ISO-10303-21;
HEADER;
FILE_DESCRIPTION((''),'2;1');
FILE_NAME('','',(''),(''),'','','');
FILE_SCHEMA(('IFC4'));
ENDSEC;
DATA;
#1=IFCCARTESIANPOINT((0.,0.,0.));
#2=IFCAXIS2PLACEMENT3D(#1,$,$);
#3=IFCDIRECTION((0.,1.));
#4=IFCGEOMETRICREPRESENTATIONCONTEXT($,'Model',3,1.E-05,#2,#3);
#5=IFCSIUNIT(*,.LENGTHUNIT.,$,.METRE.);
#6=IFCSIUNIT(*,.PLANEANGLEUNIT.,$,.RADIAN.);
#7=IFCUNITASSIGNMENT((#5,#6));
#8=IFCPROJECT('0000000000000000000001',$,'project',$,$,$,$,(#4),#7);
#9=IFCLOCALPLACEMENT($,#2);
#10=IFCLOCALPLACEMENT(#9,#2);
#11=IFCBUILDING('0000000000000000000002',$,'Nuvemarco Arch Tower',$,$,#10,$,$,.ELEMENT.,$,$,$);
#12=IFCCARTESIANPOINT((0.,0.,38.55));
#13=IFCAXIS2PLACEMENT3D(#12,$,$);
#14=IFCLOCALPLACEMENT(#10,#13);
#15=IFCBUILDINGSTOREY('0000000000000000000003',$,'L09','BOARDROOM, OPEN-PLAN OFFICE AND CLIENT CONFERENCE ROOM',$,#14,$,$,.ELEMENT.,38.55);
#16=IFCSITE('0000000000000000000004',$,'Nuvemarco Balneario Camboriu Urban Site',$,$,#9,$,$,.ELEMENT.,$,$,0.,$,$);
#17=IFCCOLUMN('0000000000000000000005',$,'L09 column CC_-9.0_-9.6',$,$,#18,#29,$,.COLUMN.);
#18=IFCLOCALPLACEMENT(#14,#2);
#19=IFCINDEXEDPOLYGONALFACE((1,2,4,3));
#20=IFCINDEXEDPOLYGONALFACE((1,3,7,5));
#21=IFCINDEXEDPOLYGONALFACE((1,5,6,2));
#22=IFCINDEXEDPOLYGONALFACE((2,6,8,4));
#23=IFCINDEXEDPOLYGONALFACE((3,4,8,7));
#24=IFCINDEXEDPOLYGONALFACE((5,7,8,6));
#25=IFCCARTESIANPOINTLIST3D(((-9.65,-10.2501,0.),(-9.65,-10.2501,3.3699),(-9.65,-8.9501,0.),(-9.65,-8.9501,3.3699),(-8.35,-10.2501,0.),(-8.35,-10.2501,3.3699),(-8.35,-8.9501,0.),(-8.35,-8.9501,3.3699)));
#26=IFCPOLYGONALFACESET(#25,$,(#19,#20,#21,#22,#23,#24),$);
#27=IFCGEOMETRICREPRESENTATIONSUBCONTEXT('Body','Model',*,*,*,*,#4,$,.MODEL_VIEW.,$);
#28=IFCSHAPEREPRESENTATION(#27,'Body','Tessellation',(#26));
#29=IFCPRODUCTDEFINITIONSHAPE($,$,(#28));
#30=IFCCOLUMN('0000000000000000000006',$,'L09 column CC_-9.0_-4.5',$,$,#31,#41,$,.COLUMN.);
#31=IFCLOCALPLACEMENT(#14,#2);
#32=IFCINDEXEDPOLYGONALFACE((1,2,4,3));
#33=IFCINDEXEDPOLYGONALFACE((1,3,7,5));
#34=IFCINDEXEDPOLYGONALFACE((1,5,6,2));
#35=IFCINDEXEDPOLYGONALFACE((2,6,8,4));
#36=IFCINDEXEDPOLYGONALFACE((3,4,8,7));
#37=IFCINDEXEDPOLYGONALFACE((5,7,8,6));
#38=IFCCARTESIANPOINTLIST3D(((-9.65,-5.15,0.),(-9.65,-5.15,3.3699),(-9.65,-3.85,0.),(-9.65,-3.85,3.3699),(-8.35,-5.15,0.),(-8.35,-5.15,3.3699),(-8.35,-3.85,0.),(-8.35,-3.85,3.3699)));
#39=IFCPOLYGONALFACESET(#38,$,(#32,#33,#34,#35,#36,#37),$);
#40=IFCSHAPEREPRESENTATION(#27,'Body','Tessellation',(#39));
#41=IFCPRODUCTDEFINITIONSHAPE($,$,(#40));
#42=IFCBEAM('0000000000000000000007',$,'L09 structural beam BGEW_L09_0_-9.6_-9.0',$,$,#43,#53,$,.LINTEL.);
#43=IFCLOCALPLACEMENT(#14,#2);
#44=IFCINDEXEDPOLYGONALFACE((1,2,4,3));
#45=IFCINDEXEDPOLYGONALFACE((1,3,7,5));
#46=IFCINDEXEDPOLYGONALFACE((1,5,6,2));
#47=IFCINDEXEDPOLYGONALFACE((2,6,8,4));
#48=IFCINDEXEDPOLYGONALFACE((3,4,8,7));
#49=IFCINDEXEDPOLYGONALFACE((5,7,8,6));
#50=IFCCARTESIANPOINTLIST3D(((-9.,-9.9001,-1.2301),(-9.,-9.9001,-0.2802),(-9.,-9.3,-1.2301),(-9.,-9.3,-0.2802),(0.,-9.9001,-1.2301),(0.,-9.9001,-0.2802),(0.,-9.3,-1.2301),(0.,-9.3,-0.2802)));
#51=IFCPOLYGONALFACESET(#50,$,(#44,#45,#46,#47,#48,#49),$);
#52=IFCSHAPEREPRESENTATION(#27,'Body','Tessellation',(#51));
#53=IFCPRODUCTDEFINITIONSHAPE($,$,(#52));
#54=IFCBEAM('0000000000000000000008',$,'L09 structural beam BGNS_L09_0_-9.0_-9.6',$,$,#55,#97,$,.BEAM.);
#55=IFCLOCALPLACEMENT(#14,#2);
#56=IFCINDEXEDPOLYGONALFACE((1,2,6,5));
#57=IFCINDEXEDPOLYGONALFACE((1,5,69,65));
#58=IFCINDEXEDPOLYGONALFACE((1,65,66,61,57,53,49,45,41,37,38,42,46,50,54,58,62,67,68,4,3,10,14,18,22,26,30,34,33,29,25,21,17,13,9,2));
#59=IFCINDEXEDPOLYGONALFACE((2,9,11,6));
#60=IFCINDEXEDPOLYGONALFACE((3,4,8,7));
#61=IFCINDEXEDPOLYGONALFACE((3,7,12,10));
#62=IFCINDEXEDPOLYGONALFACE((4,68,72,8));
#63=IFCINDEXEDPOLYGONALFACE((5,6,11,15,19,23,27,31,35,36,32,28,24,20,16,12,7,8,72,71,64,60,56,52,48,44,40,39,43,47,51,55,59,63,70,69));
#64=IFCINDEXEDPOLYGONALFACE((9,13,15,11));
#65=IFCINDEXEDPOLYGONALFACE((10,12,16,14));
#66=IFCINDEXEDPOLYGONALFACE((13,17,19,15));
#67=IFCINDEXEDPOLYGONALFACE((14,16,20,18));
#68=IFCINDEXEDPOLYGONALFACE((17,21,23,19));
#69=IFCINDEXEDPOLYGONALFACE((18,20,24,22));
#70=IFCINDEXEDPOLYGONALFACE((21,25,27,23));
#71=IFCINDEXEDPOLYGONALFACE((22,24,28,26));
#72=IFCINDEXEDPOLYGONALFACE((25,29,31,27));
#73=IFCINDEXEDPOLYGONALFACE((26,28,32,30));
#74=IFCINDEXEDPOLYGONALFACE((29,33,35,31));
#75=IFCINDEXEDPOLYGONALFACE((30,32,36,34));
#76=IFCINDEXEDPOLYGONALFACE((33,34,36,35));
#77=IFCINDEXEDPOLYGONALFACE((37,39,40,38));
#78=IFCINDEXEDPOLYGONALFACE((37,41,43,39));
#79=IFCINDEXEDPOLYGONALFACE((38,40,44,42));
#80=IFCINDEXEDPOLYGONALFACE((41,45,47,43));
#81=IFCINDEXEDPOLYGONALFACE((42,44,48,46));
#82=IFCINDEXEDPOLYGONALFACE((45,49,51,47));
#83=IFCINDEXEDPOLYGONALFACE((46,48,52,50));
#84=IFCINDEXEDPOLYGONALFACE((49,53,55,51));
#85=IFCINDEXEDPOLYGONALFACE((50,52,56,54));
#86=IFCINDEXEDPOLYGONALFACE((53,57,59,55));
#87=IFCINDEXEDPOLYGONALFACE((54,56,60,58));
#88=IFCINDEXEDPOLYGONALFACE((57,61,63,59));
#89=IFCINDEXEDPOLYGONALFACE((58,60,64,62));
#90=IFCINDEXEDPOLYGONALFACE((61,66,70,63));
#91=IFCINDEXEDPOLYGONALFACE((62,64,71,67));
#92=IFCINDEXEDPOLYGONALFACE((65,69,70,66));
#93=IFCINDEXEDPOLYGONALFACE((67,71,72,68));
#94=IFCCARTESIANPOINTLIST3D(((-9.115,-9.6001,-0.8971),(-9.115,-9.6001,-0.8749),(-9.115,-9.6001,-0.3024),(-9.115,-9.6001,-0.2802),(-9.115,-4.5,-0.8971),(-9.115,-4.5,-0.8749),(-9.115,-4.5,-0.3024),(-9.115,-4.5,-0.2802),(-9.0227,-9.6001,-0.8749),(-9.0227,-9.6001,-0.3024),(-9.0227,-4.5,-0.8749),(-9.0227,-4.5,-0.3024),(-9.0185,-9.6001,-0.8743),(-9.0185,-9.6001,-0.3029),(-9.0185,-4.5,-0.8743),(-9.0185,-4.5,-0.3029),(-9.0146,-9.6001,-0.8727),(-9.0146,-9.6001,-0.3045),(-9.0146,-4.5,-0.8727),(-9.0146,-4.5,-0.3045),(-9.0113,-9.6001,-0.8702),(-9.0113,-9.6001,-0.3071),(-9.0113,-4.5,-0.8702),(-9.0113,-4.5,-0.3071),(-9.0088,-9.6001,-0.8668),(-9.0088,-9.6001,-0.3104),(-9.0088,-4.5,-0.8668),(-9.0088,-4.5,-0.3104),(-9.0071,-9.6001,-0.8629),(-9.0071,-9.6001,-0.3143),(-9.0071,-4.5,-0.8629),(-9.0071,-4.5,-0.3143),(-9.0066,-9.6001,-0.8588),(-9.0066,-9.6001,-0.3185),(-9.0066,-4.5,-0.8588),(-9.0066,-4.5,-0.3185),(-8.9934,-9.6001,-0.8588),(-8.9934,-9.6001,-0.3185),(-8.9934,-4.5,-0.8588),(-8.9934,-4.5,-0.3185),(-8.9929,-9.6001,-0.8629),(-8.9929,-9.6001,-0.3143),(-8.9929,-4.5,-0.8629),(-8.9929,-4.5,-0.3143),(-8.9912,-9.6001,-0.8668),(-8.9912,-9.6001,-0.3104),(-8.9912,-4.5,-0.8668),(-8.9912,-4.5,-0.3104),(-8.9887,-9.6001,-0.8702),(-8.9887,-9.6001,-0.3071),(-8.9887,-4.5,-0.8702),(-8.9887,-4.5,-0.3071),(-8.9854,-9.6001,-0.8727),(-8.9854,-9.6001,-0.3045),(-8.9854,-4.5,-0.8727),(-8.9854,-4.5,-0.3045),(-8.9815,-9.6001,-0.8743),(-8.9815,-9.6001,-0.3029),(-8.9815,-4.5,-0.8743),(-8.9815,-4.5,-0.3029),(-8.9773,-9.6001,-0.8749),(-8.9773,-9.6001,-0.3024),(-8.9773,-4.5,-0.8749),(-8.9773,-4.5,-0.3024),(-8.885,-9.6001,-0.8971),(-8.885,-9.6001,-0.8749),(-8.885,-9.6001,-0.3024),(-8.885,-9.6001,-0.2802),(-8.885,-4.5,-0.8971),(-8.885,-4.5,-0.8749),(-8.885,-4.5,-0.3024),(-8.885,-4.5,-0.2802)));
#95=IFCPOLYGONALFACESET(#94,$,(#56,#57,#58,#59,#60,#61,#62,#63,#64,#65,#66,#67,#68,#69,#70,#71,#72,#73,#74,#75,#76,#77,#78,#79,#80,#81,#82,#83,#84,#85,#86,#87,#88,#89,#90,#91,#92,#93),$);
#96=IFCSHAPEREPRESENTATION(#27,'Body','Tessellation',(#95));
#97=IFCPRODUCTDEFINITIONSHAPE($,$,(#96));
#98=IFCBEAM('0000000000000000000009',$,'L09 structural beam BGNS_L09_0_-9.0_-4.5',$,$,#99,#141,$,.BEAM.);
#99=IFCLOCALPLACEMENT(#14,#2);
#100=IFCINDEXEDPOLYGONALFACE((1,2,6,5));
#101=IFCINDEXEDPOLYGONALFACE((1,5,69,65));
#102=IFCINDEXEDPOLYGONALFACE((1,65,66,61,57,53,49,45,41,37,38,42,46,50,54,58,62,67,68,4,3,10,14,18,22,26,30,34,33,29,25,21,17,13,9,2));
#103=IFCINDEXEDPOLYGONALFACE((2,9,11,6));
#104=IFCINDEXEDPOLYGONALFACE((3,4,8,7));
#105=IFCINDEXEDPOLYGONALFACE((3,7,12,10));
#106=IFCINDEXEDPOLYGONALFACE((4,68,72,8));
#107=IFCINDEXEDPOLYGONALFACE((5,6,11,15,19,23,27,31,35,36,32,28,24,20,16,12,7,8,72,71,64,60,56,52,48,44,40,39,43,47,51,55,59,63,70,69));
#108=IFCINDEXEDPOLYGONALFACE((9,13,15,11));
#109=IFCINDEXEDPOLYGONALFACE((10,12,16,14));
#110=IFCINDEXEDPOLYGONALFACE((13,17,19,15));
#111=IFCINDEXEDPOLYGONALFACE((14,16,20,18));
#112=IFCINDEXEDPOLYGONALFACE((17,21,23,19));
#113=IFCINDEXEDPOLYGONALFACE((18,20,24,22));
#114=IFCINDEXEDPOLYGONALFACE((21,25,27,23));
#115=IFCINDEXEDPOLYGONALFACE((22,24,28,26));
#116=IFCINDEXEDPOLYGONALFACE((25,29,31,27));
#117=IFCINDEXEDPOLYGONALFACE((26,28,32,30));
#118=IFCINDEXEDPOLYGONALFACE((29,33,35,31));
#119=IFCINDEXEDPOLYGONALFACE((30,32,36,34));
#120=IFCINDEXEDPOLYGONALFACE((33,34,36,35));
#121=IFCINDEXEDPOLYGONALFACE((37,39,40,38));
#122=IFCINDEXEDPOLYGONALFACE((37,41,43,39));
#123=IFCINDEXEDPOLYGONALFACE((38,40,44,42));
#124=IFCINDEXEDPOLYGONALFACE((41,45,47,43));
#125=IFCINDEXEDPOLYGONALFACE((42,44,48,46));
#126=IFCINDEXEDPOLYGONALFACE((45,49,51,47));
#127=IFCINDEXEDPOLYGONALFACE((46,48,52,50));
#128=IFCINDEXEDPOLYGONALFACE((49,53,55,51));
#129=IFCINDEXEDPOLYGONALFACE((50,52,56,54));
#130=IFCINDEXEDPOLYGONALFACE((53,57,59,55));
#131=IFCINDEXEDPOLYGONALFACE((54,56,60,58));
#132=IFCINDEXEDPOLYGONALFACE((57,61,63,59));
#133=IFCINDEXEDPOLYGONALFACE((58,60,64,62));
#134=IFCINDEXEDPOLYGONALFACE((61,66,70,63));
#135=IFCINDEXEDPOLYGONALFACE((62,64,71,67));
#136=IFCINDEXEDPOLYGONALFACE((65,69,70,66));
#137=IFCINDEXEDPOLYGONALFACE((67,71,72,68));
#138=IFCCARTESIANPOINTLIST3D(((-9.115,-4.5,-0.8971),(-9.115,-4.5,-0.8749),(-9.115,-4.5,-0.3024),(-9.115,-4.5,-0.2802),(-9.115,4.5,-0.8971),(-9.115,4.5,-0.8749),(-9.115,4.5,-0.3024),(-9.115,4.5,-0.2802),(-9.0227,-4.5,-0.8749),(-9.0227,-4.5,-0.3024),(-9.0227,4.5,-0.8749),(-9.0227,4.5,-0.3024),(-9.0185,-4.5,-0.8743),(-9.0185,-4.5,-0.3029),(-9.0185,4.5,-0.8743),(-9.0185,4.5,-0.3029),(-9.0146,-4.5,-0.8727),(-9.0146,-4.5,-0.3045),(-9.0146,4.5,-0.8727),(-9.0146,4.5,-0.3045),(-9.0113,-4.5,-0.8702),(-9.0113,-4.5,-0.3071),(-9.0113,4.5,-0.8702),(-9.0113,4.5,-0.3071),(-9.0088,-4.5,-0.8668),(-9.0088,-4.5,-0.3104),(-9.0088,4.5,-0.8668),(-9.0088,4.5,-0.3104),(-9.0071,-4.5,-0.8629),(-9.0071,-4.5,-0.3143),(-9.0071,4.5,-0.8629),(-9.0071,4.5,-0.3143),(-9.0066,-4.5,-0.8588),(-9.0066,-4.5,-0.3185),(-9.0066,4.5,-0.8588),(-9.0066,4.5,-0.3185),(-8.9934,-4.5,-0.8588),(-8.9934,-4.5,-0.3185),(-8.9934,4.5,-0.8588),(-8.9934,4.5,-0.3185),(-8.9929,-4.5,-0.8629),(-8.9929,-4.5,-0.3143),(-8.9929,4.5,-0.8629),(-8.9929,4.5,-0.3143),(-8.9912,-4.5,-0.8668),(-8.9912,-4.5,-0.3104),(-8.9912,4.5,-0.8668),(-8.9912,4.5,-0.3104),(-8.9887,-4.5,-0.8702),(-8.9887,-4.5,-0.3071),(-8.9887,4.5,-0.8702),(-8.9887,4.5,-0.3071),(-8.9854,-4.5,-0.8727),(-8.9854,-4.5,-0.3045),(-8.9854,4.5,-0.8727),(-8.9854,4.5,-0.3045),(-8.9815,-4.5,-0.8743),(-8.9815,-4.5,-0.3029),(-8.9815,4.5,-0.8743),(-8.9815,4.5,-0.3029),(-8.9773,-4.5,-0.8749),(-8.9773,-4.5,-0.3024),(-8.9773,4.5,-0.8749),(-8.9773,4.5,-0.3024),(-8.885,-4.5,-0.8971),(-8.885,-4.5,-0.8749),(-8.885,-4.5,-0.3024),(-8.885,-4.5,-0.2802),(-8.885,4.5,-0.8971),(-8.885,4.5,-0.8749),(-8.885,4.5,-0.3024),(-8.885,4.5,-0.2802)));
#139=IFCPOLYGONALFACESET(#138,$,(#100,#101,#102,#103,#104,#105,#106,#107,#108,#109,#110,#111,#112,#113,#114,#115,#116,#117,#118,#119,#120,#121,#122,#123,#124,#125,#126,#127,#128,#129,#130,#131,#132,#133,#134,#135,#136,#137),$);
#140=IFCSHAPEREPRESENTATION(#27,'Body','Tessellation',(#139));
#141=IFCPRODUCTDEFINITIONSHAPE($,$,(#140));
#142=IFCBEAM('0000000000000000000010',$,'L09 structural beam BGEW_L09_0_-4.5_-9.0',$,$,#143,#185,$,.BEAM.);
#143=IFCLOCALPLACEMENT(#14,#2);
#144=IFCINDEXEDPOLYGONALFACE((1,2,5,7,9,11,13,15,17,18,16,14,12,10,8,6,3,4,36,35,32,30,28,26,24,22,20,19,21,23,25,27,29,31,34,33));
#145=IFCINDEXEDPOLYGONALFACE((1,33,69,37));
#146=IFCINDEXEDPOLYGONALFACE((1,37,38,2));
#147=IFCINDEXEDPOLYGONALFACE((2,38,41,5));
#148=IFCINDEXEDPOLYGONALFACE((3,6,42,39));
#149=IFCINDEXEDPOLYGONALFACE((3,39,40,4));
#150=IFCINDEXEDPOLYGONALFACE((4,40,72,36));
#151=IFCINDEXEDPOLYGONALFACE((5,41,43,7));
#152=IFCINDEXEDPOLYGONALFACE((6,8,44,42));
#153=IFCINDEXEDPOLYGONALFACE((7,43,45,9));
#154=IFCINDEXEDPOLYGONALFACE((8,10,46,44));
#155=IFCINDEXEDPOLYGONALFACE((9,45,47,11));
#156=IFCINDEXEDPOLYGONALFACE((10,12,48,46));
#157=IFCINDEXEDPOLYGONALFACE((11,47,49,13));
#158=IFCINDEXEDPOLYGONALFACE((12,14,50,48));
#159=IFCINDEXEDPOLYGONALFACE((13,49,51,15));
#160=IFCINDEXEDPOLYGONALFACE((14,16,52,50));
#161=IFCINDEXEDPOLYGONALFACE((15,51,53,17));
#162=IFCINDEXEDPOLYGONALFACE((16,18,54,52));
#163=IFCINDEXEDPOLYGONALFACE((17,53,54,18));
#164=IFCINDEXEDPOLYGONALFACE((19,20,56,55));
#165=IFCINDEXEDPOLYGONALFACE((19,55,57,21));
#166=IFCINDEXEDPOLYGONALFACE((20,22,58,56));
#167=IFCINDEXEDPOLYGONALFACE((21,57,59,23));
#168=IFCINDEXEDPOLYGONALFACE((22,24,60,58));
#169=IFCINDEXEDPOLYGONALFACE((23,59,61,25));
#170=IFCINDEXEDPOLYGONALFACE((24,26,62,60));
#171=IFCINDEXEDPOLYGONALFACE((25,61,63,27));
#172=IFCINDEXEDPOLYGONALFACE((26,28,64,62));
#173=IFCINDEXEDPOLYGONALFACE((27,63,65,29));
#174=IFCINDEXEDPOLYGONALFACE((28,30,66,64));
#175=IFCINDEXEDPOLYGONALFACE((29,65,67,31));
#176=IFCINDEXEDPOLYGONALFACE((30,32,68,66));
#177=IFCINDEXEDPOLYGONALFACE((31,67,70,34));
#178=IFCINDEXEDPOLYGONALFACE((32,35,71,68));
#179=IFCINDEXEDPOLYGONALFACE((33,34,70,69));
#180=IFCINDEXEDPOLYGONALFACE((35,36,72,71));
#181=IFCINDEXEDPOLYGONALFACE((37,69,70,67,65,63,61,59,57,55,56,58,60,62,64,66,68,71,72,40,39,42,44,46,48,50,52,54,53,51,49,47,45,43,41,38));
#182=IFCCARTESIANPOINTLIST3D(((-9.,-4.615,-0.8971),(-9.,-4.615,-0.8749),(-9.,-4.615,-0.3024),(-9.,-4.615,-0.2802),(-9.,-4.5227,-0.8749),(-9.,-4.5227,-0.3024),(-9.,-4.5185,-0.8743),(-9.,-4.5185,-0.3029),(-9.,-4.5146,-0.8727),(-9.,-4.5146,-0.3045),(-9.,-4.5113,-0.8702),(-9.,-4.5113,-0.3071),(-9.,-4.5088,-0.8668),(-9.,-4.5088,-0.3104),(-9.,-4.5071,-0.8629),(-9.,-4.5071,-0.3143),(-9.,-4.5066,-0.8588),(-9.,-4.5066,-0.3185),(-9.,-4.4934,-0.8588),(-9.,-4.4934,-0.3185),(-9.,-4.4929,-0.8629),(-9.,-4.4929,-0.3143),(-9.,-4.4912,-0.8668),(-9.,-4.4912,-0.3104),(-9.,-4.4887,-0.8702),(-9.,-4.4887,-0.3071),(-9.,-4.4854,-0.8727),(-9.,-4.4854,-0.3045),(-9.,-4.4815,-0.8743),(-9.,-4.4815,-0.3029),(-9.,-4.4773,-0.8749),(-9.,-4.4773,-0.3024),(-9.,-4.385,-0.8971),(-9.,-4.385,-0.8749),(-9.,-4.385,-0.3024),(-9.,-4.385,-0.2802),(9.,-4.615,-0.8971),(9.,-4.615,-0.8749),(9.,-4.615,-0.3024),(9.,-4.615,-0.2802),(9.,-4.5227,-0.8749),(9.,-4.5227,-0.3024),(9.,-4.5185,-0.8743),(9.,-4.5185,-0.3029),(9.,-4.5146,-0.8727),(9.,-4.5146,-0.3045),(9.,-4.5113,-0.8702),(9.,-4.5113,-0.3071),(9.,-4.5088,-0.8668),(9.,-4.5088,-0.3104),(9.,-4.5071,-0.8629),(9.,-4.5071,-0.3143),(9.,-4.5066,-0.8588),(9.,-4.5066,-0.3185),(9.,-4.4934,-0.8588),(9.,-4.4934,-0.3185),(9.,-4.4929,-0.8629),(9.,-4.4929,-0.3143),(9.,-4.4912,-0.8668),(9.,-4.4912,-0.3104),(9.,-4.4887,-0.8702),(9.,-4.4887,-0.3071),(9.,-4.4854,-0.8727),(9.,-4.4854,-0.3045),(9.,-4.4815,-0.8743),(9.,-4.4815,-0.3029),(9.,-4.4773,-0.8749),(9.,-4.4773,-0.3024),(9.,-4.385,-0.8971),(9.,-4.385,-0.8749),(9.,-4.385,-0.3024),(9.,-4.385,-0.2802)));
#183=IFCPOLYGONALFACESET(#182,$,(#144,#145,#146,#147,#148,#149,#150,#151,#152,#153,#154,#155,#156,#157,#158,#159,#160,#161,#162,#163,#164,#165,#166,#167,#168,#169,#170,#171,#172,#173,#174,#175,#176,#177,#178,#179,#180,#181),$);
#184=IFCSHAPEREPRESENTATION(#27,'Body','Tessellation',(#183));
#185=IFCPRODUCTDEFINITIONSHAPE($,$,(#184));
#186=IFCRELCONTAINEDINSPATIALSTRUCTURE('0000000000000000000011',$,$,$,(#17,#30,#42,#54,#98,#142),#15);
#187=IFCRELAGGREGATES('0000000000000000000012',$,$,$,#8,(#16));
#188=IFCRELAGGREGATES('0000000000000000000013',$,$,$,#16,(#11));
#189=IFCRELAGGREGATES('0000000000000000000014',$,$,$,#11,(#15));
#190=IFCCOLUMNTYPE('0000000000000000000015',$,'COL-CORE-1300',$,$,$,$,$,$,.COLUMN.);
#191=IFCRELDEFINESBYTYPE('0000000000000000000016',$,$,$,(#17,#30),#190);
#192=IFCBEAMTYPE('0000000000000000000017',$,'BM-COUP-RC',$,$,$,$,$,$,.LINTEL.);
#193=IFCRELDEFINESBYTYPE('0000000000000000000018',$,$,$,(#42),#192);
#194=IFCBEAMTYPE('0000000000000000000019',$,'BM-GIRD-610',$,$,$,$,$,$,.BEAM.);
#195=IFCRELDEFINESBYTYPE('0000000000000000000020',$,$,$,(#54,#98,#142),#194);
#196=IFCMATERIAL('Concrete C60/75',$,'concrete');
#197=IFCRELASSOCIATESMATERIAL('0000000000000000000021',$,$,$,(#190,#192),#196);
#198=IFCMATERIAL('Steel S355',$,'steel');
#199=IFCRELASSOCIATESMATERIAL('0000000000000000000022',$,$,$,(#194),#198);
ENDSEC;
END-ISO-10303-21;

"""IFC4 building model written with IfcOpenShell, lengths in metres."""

from ifc_helpers import new_model, si_unit, direction, frame, origin, origin_2d, place, context, subcontext, project, spatial, rectangle, i_section, extrude, material, material_profile, profile_set, type_object, element, save


model = new_model("IFC4")

# Units and contexts
model_context = context("Model", 3, precision=1e-05, world=origin(), true_north=direction((0.0, 1.0)))
body_context = subcontext(model_context, "Body", "Model", "MODEL_VIEW")
ifc_project = project(units=[si_unit("LENGTHUNIT", "METRE"), si_unit("PLANEANGLEUNIT", "RADIAN")], contexts=[model_context])

# Site, building, storey
site_placement = place(None, origin())
site = spatial("IfcSite", under=ifc_project, at=site_placement, Name="Nuvemarco Balneario Camboriu Urban Site", CompositionType="ELEMENT", RefElevation=0.0)
building_placement = place(site_placement, origin())
building = spatial("IfcBuilding", under=site, at=building_placement, Name="Nuvemarco Arch Tower", CompositionType="ELEMENT")
storey_placement = place(building_placement, frame((0.0, 0.0, 38.55)))
storey = spatial("IfcBuildingStorey", under=building, at=storey_placement, Name="L09", Description="BOARDROOM, OPEN-PLAN OFFICE AND CLIENT CONFERENCE ROOM", CompositionType="ELEMENT", Elevation=38.55)

# Columns
ifc_material_1 = material(Name="Concrete C60/75", Category="concrete")
ifc_material_profile_1 = material_profile(ifc_material_1, rectangle(XDim=1.3, YDim=1.3, at=origin_2d()), Name="RC-COL-1300x1300")
ifc_profile_set_1 = profile_set([ifc_material_profile_1], Name="Concrete C60/75")
column_type = type_object("IfcColumnType", Name="COL-CORE-1300", PredefinedType="COLUMN", material=ifc_profile_set_1)
for number, where, z_axis, x_axis, name in (
    (1, (-9.0, -9.6001, 0.0), (0.0, 0.0, 1.0), (1.0, 0.0, 0.0), "L09 column CC_-9.0_-9.6"),
    (2, (-9.0, -4.5, 0.0), (0.0, 0.0, 1.0), (1.0, 0.0, 0.0), "L09 column CC_-9.0_-4.5"),
):
    element("IfcColumn", number, at=place(storey_placement, frame(where, z_axis=z_axis, x_axis=x_axis)), inside=storey, type_object=column_type, Name=name, PredefinedType="COLUMN", context=body_context, shape_type="SweptSolid", body=[
        extrude(rectangle(XDim=1.3, YDim=1.3, at=origin_2d()), origin(), (0.0, 0.0, 1.0), 3.3699),
    ])

# Beams
ifc_material_profile_2 = material_profile(ifc_material_1, rectangle(XDim=0.6001, YDim=0.95, at=origin_2d()), Name="RC-BM-600x950")
ifc_profile_set_2 = profile_set([ifc_material_profile_2], Name="Concrete C60/75")
beam_type_1 = type_object("IfcBeamType", Name="BM-COUP-RC", PredefinedType="LINTEL", material=ifc_profile_set_2)
beam_1_placement = place(storey_placement, frame((-9.0, -9.6001, -0.7551), z_axis=(1.0, 0.0, 0.0), x_axis=(0.0, 1.0, 0.0)))
element("IfcBeam", 3, at=beam_1_placement, inside=storey, type_object=beam_type_1, Name="L09 structural beam BGEW_L09_0_-9.6_-9.0", PredefinedType="LINTEL", context=body_context, shape_type="SweptSolid", body=[
    extrude(rectangle(XDim=0.6001, YDim=0.95, at=origin_2d()), origin(), (0.0, 0.0, 1.0), 9.0),
])
ifc_material_2 = material(Name="Steel S355", Category="steel")
ifc_material_profile_3 = material_profile(ifc_material_2, i_section(OverallWidth=0.23, OverallDepth=0.6169, WebThickness=0.0132, FlangeThickness=0.0222, FilletRadius=0.0161, at=origin_2d()), Name="W610x140")
ifc_profile_set_3 = profile_set([ifc_material_profile_3], Name="Steel S355")
beam_type_2 = type_object("IfcBeamType", Name="BM-GIRD-610", PredefinedType="BEAM", material=ifc_profile_set_3)
beam_2_placement = place(storey_placement, frame((-9.0, -9.6001, -0.5886), z_axis=(0.0, 1.0, 0.0), x_axis=(-1.0, 0.0, 0.0)))
element("IfcBeam", 4, at=beam_2_placement, inside=storey, type_object=beam_type_2, Name="L09 structural beam BGNS_L09_0_-9.0_-9.6", PredefinedType="BEAM", context=body_context, shape_type="SweptSolid", body=[
    extrude(i_section(OverallWidth=0.23, OverallDepth=0.6169, WebThickness=0.0132, FlangeThickness=0.0222, FilletRadius=0.0161, at=origin_2d()), origin(), (0.0, 0.0, 1.0), 5.1001),
])
beam_3_placement = place(storey_placement, frame((-9.0, -4.5, -0.5886), z_axis=(0.0, 1.0, 0.0), x_axis=(-1.0, 0.0, 0.0)))
element("IfcBeam", 5, at=beam_3_placement, inside=storey, type_object=beam_type_2, Name="L09 structural beam BGNS_L09_0_-9.0_-4.5", PredefinedType="BEAM", context=body_context, shape_type="SweptSolid", body=[
    extrude(i_section(OverallWidth=0.23, OverallDepth=0.6169, WebThickness=0.0132, FlangeThickness=0.0222, FilletRadius=0.0161, at=origin_2d()), origin(), (0.0, 0.0, 1.0), 9.0),
])
beam_4_placement = place(storey_placement, frame((-9.0, -4.5, -0.5886), z_axis=(1.0, 0.0, 0.0), x_axis=(0.0, 1.0, 0.0)))
element("IfcBeam", 6, at=beam_4_placement, inside=storey, type_object=beam_type_2, Name="L09 structural beam BGEW_L09_0_-4.5_-9.0", PredefinedType="BEAM", context=body_context, shape_type="SweptSolid", body=[
    extrude(i_section(OverallWidth=0.23, OverallDepth=0.6169, WebThickness=0.0132, FlangeThickness=0.0222, FilletRadius=0.0161, at=origin_2d()), origin(), (0.0, 0.0, 1.0), 18.0),
])

save(model, "model.ifc")
